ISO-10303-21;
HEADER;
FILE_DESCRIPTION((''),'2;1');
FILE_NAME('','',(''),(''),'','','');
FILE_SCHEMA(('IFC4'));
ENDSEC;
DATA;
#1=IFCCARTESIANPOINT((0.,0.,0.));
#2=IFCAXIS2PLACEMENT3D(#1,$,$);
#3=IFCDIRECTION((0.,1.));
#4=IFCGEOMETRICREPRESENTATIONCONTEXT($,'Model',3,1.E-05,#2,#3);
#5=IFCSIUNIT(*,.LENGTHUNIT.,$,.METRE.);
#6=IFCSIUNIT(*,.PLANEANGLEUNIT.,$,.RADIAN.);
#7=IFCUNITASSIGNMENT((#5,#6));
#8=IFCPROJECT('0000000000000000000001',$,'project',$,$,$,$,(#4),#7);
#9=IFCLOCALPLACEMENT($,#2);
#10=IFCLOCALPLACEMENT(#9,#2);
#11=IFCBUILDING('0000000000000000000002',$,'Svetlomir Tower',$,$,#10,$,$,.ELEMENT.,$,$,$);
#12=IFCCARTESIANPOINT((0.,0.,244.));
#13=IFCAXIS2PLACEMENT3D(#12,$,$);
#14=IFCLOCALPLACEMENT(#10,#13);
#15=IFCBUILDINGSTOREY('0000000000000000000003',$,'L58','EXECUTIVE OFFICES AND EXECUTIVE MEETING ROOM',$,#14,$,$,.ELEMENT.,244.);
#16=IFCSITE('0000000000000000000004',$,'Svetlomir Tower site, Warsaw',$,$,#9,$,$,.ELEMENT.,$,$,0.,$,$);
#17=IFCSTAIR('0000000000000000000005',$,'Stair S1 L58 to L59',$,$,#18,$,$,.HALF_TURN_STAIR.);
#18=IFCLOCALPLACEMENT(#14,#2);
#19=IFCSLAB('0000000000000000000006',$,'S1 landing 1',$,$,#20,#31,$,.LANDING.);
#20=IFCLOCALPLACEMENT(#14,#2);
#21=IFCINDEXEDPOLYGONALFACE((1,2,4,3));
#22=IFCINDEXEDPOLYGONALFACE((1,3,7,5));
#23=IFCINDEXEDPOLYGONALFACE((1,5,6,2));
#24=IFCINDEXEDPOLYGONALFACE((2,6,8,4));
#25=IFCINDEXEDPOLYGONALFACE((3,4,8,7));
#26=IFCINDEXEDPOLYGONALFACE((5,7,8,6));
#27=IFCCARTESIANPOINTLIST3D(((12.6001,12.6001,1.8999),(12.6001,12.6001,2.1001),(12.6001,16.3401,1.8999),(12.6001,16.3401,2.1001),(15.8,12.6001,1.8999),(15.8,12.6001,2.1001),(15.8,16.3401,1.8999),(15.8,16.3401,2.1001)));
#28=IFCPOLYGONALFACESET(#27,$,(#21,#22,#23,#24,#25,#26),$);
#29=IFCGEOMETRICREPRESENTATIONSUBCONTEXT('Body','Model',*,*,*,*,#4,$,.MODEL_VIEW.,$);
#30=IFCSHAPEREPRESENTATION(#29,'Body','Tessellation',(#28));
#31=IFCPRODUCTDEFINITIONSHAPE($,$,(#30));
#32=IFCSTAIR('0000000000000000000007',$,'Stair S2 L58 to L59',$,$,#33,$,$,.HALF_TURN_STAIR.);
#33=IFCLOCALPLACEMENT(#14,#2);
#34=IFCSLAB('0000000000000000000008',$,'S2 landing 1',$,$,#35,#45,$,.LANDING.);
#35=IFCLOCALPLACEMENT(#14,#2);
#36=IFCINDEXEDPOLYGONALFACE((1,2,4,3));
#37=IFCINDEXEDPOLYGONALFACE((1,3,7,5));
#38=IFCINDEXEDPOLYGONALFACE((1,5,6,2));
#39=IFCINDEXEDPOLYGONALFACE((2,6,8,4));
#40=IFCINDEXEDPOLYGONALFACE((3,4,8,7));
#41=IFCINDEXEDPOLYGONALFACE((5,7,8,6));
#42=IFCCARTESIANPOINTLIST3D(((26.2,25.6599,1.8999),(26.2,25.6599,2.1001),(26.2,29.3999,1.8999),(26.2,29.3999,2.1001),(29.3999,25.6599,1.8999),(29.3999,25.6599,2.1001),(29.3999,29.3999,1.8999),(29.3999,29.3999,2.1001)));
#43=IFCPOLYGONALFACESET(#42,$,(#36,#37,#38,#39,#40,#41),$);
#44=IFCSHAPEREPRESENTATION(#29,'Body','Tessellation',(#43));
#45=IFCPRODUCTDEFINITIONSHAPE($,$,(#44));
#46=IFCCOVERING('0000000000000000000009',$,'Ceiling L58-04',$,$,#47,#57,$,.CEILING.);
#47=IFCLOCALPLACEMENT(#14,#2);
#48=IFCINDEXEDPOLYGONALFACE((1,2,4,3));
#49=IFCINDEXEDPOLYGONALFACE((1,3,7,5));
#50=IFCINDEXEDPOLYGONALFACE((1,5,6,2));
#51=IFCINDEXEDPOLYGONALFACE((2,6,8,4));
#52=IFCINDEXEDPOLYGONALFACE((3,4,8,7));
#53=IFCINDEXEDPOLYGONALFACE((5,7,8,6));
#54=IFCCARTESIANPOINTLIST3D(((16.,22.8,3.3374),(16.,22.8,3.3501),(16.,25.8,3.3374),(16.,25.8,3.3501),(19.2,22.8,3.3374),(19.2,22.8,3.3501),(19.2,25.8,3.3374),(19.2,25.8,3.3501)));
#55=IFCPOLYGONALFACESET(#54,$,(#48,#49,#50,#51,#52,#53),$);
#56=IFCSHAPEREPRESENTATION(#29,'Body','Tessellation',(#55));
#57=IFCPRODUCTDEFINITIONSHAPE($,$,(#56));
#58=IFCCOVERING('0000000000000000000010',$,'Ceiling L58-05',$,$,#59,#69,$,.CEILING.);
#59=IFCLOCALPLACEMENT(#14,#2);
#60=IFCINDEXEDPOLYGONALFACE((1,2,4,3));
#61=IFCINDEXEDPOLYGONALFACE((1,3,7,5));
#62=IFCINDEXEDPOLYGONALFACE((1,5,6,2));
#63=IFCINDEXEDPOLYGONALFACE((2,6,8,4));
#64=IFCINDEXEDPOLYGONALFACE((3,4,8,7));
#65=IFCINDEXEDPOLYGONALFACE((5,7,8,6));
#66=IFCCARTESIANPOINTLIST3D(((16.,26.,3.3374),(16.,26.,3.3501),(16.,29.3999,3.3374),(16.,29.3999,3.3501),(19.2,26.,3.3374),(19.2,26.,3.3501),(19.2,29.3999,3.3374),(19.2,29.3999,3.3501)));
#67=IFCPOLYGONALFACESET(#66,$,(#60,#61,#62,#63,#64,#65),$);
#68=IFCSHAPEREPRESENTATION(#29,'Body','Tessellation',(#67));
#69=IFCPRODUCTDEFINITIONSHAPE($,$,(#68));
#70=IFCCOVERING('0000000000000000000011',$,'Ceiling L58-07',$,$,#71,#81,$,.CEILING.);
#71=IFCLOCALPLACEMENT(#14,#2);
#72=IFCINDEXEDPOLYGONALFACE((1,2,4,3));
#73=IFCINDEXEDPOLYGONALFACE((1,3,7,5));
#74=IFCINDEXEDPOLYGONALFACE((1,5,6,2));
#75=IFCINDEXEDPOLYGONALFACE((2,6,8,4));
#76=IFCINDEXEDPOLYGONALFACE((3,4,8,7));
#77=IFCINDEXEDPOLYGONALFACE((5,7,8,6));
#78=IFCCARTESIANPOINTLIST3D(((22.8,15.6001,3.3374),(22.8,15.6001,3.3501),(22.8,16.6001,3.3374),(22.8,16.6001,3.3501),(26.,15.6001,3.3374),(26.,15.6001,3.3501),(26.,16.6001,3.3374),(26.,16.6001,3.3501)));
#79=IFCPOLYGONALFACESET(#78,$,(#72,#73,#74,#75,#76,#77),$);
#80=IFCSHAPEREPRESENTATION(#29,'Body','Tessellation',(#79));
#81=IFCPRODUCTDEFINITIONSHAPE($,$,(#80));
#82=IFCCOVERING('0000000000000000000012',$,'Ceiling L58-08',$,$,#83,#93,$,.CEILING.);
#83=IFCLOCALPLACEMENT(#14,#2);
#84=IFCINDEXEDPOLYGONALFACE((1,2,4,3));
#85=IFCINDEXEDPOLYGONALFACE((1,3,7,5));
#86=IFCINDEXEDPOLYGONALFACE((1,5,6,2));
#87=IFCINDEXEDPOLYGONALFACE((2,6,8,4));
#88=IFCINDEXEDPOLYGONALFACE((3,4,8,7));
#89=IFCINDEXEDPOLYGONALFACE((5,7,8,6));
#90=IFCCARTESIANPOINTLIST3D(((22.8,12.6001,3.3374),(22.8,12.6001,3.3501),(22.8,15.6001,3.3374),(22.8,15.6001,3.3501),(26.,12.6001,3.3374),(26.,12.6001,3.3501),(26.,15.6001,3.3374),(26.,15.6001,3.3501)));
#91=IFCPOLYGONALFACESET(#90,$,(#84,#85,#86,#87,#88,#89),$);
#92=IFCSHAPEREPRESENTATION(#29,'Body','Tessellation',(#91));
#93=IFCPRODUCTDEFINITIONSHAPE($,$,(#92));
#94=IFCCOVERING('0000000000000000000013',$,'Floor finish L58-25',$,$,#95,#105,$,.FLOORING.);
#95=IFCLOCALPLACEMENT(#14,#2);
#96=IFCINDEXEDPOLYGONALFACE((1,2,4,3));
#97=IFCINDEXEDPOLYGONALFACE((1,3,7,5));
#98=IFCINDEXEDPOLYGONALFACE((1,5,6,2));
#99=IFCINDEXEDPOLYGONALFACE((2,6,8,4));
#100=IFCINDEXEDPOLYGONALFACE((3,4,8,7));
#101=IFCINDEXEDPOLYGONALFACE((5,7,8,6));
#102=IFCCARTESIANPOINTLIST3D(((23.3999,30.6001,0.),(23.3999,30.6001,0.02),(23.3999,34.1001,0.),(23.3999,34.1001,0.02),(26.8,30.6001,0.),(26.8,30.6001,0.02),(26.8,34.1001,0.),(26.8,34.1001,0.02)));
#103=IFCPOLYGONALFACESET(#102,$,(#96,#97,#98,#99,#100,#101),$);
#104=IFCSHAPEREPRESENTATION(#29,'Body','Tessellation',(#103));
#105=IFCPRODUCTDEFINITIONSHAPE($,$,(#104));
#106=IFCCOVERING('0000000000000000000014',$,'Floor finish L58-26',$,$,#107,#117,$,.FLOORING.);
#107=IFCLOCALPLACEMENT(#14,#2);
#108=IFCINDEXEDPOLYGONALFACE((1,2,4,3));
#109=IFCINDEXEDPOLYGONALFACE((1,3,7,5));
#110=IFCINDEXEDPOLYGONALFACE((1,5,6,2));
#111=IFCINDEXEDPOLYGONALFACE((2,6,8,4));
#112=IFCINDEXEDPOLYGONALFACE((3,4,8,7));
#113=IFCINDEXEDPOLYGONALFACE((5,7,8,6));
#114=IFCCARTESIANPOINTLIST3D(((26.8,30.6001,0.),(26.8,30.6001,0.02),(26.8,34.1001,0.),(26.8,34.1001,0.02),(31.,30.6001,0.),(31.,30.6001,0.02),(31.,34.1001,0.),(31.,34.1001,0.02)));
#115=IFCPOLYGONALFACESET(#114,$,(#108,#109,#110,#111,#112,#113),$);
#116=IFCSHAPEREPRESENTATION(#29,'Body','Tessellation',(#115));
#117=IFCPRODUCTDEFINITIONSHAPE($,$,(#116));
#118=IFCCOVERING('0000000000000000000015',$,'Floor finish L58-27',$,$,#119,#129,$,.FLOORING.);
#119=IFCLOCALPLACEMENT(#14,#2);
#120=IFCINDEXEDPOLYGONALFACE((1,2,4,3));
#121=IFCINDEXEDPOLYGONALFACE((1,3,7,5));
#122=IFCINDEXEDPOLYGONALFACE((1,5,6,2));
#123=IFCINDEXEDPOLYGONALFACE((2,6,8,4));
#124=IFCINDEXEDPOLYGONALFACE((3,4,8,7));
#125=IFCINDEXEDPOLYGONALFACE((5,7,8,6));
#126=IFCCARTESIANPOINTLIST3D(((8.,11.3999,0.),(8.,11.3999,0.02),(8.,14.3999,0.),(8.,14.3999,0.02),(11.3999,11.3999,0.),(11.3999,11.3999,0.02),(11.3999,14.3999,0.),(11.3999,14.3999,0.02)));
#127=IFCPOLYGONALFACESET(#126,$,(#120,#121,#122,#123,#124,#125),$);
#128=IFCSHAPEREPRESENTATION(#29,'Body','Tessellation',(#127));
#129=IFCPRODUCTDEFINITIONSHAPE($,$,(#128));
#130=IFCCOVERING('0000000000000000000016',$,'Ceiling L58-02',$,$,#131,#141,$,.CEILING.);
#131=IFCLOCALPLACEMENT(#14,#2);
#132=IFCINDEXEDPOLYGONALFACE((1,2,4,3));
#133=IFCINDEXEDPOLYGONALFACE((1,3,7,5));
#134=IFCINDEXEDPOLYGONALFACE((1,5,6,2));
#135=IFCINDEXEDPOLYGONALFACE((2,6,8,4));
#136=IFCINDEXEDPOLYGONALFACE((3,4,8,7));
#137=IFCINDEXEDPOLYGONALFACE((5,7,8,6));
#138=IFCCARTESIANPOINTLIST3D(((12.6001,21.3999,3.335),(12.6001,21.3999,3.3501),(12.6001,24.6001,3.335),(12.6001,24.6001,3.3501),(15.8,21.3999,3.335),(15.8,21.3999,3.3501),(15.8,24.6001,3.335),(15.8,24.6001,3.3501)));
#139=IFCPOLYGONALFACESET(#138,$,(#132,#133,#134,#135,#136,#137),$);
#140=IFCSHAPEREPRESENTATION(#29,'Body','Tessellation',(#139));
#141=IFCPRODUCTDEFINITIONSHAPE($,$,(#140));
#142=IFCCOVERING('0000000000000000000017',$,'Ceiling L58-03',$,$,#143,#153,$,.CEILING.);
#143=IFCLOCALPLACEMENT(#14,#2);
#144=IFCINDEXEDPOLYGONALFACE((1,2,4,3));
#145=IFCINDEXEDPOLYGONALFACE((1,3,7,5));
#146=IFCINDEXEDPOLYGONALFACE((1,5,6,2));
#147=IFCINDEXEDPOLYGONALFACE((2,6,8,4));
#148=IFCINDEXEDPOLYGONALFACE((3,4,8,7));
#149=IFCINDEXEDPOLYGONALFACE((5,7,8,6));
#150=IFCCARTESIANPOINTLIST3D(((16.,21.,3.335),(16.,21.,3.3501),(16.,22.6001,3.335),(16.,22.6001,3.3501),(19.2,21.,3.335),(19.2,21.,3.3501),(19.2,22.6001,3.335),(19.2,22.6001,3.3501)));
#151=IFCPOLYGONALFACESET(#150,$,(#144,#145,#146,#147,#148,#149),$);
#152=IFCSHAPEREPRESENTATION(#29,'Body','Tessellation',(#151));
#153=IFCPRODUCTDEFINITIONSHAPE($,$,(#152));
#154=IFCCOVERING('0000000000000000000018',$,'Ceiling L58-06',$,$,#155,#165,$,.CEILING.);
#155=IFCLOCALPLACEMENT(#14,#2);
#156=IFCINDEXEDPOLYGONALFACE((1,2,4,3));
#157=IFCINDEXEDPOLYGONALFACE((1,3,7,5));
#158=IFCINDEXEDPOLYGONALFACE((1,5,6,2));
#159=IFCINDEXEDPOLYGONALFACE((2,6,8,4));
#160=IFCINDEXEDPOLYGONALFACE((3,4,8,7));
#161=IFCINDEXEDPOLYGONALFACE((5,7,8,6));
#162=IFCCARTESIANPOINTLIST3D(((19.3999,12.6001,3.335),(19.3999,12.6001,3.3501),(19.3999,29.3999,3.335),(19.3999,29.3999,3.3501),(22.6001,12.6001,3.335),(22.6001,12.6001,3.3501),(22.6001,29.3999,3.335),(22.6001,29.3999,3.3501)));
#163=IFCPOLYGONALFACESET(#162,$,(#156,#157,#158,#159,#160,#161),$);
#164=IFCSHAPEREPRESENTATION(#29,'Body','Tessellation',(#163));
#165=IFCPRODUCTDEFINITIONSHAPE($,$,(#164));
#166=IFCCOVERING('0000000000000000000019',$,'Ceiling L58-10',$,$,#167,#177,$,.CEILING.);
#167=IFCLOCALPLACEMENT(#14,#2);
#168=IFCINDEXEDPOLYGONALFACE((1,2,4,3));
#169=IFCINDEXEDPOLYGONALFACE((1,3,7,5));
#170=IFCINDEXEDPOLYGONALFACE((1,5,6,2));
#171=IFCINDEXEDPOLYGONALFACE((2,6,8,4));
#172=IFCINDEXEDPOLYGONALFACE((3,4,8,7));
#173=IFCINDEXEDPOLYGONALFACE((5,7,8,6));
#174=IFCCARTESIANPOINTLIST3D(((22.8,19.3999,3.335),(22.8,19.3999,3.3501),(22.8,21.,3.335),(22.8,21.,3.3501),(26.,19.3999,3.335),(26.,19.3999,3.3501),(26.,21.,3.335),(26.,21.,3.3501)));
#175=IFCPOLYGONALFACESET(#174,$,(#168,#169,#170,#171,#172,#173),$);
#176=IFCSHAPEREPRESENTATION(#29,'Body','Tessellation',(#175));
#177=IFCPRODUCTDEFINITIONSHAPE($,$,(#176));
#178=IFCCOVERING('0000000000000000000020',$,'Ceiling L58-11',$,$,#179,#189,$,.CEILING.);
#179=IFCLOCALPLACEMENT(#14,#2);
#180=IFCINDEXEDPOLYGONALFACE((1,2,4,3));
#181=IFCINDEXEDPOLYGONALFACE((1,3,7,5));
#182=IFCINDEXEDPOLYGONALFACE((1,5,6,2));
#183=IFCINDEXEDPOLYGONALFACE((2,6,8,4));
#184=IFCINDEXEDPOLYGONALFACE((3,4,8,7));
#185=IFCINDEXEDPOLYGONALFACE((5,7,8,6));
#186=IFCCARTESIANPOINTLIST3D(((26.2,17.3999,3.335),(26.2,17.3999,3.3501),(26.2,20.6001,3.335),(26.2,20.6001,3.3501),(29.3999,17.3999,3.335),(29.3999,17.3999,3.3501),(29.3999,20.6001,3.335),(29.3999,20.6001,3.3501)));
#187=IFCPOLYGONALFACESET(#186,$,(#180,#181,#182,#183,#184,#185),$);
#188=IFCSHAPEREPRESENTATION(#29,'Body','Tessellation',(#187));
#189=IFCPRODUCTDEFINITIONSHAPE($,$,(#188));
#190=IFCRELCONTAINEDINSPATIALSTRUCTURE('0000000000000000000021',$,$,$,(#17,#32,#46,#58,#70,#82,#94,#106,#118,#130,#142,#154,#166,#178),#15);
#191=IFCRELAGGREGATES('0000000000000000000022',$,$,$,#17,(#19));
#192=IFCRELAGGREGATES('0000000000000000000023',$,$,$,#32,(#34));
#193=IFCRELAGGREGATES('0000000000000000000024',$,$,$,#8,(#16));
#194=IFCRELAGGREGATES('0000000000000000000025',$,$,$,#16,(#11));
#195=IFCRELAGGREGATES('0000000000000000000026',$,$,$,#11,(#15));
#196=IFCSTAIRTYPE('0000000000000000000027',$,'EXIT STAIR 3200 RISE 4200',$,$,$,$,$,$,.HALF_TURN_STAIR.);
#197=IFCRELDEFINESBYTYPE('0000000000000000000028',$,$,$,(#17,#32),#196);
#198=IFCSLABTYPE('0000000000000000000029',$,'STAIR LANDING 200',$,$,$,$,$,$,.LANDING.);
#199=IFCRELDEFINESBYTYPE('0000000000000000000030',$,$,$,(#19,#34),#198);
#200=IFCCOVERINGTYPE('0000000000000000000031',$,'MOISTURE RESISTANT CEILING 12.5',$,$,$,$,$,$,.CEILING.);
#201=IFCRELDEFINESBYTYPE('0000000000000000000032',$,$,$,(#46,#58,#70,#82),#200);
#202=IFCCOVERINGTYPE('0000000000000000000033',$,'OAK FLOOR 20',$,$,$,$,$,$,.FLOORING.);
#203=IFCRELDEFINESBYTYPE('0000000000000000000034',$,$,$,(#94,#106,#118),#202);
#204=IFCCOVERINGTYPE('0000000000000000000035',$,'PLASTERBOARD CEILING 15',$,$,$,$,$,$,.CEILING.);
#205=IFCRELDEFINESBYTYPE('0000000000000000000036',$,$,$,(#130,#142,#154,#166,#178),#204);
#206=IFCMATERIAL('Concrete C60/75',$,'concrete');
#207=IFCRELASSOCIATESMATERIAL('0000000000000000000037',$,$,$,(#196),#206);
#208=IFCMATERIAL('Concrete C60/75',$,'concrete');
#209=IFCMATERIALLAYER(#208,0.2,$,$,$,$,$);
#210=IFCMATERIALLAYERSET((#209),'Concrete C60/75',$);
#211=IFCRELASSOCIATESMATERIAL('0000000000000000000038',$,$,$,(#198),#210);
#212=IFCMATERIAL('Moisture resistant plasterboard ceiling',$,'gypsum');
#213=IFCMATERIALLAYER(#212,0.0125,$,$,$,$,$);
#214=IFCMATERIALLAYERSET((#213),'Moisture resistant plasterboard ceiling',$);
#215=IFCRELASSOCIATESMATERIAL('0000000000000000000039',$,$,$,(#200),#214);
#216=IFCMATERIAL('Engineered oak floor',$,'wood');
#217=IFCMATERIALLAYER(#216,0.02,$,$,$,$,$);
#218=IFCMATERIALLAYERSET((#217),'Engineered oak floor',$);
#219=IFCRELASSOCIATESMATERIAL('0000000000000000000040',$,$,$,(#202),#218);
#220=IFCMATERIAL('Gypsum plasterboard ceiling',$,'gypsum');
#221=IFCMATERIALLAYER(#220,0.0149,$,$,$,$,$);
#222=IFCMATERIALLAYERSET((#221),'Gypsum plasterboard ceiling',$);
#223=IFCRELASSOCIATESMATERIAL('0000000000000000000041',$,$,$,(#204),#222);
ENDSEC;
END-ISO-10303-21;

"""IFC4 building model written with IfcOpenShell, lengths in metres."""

from ifc_helpers import new_model, si_unit, direction, frame, origin, place, context, subcontext, project, spatial, polyline, outline, extrude, material, layer, layer_set, type_object, element, aggregate, save


model = new_model("IFC4")

# Units and contexts
model_context = context("Model", 3, precision=1e-05, world=origin(), true_north=direction((0.0, 1.0)))
body_context = subcontext(model_context, "Body", "Model", "MODEL_VIEW")
ifc_project = project(units=[si_unit("LENGTHUNIT", "METRE"), si_unit("PLANEANGLEUNIT", "RADIAN")], contexts=[model_context])

# Site, building, storey
site_placement = place(None, origin())
site = spatial("IfcSite", under=ifc_project, at=site_placement, Name="Svetlomir Tower site, Warsaw", CompositionType="ELEMENT", RefElevation=0.0)
building_placement = place(site_placement, origin())
building = spatial("IfcBuilding", under=site, at=building_placement, Name="Svetlomir Tower", CompositionType="ELEMENT")
storey_placement = place(building_placement, frame((0.0, 0.0, 244.0)))
storey = spatial("IfcBuildingStorey", under=building, at=storey_placement, Name="L58", Description="EXECUTIVE OFFICES AND EXECUTIVE MEETING ROOM", CompositionType="ELEMENT", Elevation=244.0)

# Stairs, slabs
ifc_material_1 = material(Name="Concrete C60/75", Category="concrete")
stair_type = type_object("IfcStairType", Name="EXIT STAIR 3200 RISE 4200", PredefinedType="HALF_TURN_STAIR", material=ifc_material_1)
stair_1_placement = place(storey_placement, origin())
stair_1 = element("IfcStair", 1, at=stair_1_placement, inside=storey, type_object=stair_type, Name="Stair S1 L58 to L59", PredefinedType="HALF_TURN_STAIR")
ifc_material_2 = material(Name="Concrete C60/75", Category="concrete")
ifc_layer_1 = layer(ifc_material_2, 0.2)
ifc_layer_set_1 = layer_set([ifc_layer_1], Name="Concrete C60/75")
slab_type = type_object("IfcSlabType", Name="STAIR LANDING 200", PredefinedType="LANDING", material=ifc_layer_set_1)
slab_1_placement = place(storey_placement, frame((0.0, 0.0, 1.8999)))
slab_1 = element("IfcSlab", 2, at=slab_1_placement, type_object=slab_type, Name="S1 landing 1", PredefinedType="LANDING", context=body_context, shape_type="SweptSolid", body=[
    extrude(outline(polyline([(12.6001, 12.6001), (15.8, 12.6001), (15.8, 16.3401), (12.6001, 16.3401), (12.6001, 12.6001)])), origin(), (0.0, 0.0, 1.0), 0.2002),
])
aggregate(stair_1, [slab_1])
stair_2_placement = place(storey_placement, origin())
stair_2 = element("IfcStair", 3, at=stair_2_placement, inside=storey, type_object=stair_type, Name="Stair S2 L58 to L59", PredefinedType="HALF_TURN_STAIR")
slab_2_placement = place(storey_placement, frame((0.0, 0.0, 1.8999)))
slab_2 = element("IfcSlab", 4, at=slab_2_placement, type_object=slab_type, Name="S2 landing 1", PredefinedType="LANDING", context=body_context, shape_type="SweptSolid", body=[
    extrude(outline(polyline([(26.2, 25.6599), (29.3999, 25.6599), (29.3999, 29.3999), (26.2, 29.3999), (26.2, 25.6599)])), origin(), (0.0, 0.0, 1.0), 0.2002),
])
aggregate(stair_2, [slab_2])

# Coverings
ifc_material_3 = material(Name="Moisture resistant plasterboard ceiling", Category="gypsum")
ifc_layer_2 = layer(ifc_material_3, 0.0125)
ifc_layer_set_2 = layer_set([ifc_layer_2], Name="Moisture resistant plasterboard ceiling")
covering_type_1 = type_object("IfcCoveringType", Name="MOISTURE RESISTANT CEILING 12.5", PredefinedType="CEILING", material=ifc_layer_set_2)
covering_1_placement = place(storey_placement, frame((0.0, 0.0, 3.3374)))
element("IfcCovering", 5, at=covering_1_placement, inside=storey, type_object=covering_type_1, Name="Ceiling L58-04", PredefinedType="CEILING", context=body_context, shape_type="SweptSolid", body=[
    extrude(outline(polyline([(16.0, 22.8), (19.2, 22.8), (19.2, 25.8), (16.0, 25.8), (16.0, 22.8)])), origin(), (0.0, 0.0, 1.0), 0.0127),
])
covering_2_placement = place(storey_placement, frame((0.0, 0.0, 3.3374)))
element("IfcCovering", 6, at=covering_2_placement, inside=storey, type_object=covering_type_1, Name="Ceiling L58-05", PredefinedType="CEILING", context=body_context, shape_type="SweptSolid", body=[
    extrude(outline(polyline([(16.0, 26.0), (19.2, 26.0), (19.2, 29.3999), (16.0, 29.3999), (16.0, 26.0)])), origin(), (0.0, 0.0, 1.0), 0.0127),
])
covering_3_placement = place(storey_placement, frame((0.0, 0.0, 3.3374)))
element("IfcCovering", 7, at=covering_3_placement, inside=storey, type_object=covering_type_1, Name="Ceiling L58-07", PredefinedType="CEILING", context=body_context, shape_type="SweptSolid", body=[
    extrude(outline(polyline([(22.8, 15.6001), (26.0, 15.6001), (26.0, 16.6001), (22.8, 16.6001), (22.8, 15.6001)])), origin(), (0.0, 0.0, 1.0), 0.0127),
])
covering_4_placement = place(storey_placement, frame((0.0, 0.0, 3.3374)))
element("IfcCovering", 8, at=covering_4_placement, inside=storey, type_object=covering_type_1, Name="Ceiling L58-08", PredefinedType="CEILING", context=body_context, shape_type="SweptSolid", body=[
    extrude(outline(polyline([(22.8, 12.6001), (26.0, 12.6001), (26.0, 15.6001), (22.8, 15.6001), (22.8, 12.6001)])), origin(), (0.0, 0.0, 1.0), 0.0127),
])
ifc_material_4 = material(Name="Engineered oak floor", Category="wood")
ifc_layer_3 = layer(ifc_material_4, 0.02)
ifc_layer_set_3 = layer_set([ifc_layer_3], Name="Engineered oak floor")
covering_type_2 = type_object("IfcCoveringType", Name="OAK FLOOR 20", PredefinedType="FLOORING", material=ifc_layer_set_3)
covering_5_placement = place(storey_placement, origin())
element("IfcCovering", 9, at=covering_5_placement, inside=storey, type_object=covering_type_2, Name="Floor finish L58-25", PredefinedType="FLOORING", context=body_context, shape_type="SweptSolid", body=[
    extrude(outline(polyline([(23.3999, 30.6001), (26.8, 30.6001), (26.8, 34.1001), (23.3999, 34.1001), (23.3999, 30.6001)])), origin(), (0.0, 0.0, 1.0), 0.02),
])
covering_6_placement = place(storey_placement, origin())
element("IfcCovering", 10, at=covering_6_placement, inside=storey, type_object=covering_type_2, Name="Floor finish L58-26", PredefinedType="FLOORING", context=body_context, shape_type="SweptSolid", body=[
    extrude(outline(polyline([(26.8, 30.6001), (31.0, 30.6001), (31.0, 34.1001), (26.8, 34.1001), (26.8, 30.6001)])), origin(), (0.0, 0.0, 1.0), 0.02),
])
covering_7_placement = place(storey_placement, origin())
element("IfcCovering", 11, at=covering_7_placement, inside=storey, type_object=covering_type_2, Name="Floor finish L58-27", PredefinedType="FLOORING", context=body_context, shape_type="SweptSolid", body=[
    extrude(outline(polyline([(8.0, 11.3999), (11.3999, 11.3999), (11.3999, 14.3999), (8.0, 14.3999), (8.0, 11.3999)])), origin(), (0.0, 0.0, 1.0), 0.02),
])
ifc_material_5 = material(Name="Gypsum plasterboard ceiling", Category="gypsum")
ifc_layer_4 = layer(ifc_material_5, 0.0149)
ifc_layer_set_4 = layer_set([ifc_layer_4], Name="Gypsum plasterboard ceiling")
covering_type_3 = type_object("IfcCoveringType", Name="PLASTERBOARD CEILING 15", PredefinedType="CEILING", material=ifc_layer_set_4)
covering_8_placement = place(storey_placement, frame((0.0, 0.0, 3.335)))
element("IfcCovering", 12, at=covering_8_placement, inside=storey, type_object=covering_type_3, Name="Ceiling L58-02", PredefinedType="CEILING", context=body_context, shape_type="SweptSolid", body=[
    extrude(outline(polyline([(12.6001, 21.3999), (15.8, 21.3999), (15.8, 24.6001), (12.6001, 24.6001), (12.6001, 21.3999)])), origin(), (0.0, 0.0, 1.0), 0.0151),
])
covering_9_placement = place(storey_placement, frame((0.0, 0.0, 3.335)))
element("IfcCovering", 13, at=covering_9_placement, inside=storey, type_object=covering_type_3, Name="Ceiling L58-03", PredefinedType="CEILING", context=body_context, shape_type="SweptSolid", body=[
    extrude(outline(polyline([(16.0, 21.0), (19.2, 21.0), (19.2, 22.6001), (16.0, 22.6001), (16.0, 21.0)])), origin(), (0.0, 0.0, 1.0), 0.0151),
])
covering_10_placement = place(storey_placement, frame((0.0, 0.0, 3.335)))
element("IfcCovering", 14, at=covering_10_placement, inside=storey, type_object=covering_type_3, Name="Ceiling L58-06", PredefinedType="CEILING", context=body_context, shape_type="SweptSolid", body=[
    extrude(outline(polyline([(19.3999, 12.6001), (22.6001, 12.6001), (22.6001, 29.3999), (19.3999, 29.3999), (19.3999, 12.6001)])), origin(), (0.0, 0.0, 1.0), 0.0151),
])
covering_11_placement = place(storey_placement, frame((0.0, 0.0, 3.335)))
element("IfcCovering", 15, at=covering_11_placement, inside=storey, type_object=covering_type_3, Name="Ceiling L58-10", PredefinedType="CEILING", context=body_context, shape_type="SweptSolid", body=[
    extrude(outline(polyline([(22.8, 19.3999), (26.0, 19.3999), (26.0, 21.0), (22.8, 21.0), (22.8, 19.3999)])), origin(), (0.0, 0.0, 1.0), 0.0151),
])
covering_12_placement = place(storey_placement, frame((0.0, 0.0, 3.335)))
element("IfcCovering", 16, at=covering_12_placement, inside=storey, type_object=covering_type_3, Name="Ceiling L58-11", PredefinedType="CEILING", context=body_context, shape_type="SweptSolid", body=[
    extrude(outline(polyline([(26.2, 17.3999), (29.3999, 17.3999), (29.3999, 20.6001), (26.2, 20.6001), (26.2, 17.3999)])), origin(), (0.0, 0.0, 1.0), 0.0151),
])

save(model, "model.ifc")
